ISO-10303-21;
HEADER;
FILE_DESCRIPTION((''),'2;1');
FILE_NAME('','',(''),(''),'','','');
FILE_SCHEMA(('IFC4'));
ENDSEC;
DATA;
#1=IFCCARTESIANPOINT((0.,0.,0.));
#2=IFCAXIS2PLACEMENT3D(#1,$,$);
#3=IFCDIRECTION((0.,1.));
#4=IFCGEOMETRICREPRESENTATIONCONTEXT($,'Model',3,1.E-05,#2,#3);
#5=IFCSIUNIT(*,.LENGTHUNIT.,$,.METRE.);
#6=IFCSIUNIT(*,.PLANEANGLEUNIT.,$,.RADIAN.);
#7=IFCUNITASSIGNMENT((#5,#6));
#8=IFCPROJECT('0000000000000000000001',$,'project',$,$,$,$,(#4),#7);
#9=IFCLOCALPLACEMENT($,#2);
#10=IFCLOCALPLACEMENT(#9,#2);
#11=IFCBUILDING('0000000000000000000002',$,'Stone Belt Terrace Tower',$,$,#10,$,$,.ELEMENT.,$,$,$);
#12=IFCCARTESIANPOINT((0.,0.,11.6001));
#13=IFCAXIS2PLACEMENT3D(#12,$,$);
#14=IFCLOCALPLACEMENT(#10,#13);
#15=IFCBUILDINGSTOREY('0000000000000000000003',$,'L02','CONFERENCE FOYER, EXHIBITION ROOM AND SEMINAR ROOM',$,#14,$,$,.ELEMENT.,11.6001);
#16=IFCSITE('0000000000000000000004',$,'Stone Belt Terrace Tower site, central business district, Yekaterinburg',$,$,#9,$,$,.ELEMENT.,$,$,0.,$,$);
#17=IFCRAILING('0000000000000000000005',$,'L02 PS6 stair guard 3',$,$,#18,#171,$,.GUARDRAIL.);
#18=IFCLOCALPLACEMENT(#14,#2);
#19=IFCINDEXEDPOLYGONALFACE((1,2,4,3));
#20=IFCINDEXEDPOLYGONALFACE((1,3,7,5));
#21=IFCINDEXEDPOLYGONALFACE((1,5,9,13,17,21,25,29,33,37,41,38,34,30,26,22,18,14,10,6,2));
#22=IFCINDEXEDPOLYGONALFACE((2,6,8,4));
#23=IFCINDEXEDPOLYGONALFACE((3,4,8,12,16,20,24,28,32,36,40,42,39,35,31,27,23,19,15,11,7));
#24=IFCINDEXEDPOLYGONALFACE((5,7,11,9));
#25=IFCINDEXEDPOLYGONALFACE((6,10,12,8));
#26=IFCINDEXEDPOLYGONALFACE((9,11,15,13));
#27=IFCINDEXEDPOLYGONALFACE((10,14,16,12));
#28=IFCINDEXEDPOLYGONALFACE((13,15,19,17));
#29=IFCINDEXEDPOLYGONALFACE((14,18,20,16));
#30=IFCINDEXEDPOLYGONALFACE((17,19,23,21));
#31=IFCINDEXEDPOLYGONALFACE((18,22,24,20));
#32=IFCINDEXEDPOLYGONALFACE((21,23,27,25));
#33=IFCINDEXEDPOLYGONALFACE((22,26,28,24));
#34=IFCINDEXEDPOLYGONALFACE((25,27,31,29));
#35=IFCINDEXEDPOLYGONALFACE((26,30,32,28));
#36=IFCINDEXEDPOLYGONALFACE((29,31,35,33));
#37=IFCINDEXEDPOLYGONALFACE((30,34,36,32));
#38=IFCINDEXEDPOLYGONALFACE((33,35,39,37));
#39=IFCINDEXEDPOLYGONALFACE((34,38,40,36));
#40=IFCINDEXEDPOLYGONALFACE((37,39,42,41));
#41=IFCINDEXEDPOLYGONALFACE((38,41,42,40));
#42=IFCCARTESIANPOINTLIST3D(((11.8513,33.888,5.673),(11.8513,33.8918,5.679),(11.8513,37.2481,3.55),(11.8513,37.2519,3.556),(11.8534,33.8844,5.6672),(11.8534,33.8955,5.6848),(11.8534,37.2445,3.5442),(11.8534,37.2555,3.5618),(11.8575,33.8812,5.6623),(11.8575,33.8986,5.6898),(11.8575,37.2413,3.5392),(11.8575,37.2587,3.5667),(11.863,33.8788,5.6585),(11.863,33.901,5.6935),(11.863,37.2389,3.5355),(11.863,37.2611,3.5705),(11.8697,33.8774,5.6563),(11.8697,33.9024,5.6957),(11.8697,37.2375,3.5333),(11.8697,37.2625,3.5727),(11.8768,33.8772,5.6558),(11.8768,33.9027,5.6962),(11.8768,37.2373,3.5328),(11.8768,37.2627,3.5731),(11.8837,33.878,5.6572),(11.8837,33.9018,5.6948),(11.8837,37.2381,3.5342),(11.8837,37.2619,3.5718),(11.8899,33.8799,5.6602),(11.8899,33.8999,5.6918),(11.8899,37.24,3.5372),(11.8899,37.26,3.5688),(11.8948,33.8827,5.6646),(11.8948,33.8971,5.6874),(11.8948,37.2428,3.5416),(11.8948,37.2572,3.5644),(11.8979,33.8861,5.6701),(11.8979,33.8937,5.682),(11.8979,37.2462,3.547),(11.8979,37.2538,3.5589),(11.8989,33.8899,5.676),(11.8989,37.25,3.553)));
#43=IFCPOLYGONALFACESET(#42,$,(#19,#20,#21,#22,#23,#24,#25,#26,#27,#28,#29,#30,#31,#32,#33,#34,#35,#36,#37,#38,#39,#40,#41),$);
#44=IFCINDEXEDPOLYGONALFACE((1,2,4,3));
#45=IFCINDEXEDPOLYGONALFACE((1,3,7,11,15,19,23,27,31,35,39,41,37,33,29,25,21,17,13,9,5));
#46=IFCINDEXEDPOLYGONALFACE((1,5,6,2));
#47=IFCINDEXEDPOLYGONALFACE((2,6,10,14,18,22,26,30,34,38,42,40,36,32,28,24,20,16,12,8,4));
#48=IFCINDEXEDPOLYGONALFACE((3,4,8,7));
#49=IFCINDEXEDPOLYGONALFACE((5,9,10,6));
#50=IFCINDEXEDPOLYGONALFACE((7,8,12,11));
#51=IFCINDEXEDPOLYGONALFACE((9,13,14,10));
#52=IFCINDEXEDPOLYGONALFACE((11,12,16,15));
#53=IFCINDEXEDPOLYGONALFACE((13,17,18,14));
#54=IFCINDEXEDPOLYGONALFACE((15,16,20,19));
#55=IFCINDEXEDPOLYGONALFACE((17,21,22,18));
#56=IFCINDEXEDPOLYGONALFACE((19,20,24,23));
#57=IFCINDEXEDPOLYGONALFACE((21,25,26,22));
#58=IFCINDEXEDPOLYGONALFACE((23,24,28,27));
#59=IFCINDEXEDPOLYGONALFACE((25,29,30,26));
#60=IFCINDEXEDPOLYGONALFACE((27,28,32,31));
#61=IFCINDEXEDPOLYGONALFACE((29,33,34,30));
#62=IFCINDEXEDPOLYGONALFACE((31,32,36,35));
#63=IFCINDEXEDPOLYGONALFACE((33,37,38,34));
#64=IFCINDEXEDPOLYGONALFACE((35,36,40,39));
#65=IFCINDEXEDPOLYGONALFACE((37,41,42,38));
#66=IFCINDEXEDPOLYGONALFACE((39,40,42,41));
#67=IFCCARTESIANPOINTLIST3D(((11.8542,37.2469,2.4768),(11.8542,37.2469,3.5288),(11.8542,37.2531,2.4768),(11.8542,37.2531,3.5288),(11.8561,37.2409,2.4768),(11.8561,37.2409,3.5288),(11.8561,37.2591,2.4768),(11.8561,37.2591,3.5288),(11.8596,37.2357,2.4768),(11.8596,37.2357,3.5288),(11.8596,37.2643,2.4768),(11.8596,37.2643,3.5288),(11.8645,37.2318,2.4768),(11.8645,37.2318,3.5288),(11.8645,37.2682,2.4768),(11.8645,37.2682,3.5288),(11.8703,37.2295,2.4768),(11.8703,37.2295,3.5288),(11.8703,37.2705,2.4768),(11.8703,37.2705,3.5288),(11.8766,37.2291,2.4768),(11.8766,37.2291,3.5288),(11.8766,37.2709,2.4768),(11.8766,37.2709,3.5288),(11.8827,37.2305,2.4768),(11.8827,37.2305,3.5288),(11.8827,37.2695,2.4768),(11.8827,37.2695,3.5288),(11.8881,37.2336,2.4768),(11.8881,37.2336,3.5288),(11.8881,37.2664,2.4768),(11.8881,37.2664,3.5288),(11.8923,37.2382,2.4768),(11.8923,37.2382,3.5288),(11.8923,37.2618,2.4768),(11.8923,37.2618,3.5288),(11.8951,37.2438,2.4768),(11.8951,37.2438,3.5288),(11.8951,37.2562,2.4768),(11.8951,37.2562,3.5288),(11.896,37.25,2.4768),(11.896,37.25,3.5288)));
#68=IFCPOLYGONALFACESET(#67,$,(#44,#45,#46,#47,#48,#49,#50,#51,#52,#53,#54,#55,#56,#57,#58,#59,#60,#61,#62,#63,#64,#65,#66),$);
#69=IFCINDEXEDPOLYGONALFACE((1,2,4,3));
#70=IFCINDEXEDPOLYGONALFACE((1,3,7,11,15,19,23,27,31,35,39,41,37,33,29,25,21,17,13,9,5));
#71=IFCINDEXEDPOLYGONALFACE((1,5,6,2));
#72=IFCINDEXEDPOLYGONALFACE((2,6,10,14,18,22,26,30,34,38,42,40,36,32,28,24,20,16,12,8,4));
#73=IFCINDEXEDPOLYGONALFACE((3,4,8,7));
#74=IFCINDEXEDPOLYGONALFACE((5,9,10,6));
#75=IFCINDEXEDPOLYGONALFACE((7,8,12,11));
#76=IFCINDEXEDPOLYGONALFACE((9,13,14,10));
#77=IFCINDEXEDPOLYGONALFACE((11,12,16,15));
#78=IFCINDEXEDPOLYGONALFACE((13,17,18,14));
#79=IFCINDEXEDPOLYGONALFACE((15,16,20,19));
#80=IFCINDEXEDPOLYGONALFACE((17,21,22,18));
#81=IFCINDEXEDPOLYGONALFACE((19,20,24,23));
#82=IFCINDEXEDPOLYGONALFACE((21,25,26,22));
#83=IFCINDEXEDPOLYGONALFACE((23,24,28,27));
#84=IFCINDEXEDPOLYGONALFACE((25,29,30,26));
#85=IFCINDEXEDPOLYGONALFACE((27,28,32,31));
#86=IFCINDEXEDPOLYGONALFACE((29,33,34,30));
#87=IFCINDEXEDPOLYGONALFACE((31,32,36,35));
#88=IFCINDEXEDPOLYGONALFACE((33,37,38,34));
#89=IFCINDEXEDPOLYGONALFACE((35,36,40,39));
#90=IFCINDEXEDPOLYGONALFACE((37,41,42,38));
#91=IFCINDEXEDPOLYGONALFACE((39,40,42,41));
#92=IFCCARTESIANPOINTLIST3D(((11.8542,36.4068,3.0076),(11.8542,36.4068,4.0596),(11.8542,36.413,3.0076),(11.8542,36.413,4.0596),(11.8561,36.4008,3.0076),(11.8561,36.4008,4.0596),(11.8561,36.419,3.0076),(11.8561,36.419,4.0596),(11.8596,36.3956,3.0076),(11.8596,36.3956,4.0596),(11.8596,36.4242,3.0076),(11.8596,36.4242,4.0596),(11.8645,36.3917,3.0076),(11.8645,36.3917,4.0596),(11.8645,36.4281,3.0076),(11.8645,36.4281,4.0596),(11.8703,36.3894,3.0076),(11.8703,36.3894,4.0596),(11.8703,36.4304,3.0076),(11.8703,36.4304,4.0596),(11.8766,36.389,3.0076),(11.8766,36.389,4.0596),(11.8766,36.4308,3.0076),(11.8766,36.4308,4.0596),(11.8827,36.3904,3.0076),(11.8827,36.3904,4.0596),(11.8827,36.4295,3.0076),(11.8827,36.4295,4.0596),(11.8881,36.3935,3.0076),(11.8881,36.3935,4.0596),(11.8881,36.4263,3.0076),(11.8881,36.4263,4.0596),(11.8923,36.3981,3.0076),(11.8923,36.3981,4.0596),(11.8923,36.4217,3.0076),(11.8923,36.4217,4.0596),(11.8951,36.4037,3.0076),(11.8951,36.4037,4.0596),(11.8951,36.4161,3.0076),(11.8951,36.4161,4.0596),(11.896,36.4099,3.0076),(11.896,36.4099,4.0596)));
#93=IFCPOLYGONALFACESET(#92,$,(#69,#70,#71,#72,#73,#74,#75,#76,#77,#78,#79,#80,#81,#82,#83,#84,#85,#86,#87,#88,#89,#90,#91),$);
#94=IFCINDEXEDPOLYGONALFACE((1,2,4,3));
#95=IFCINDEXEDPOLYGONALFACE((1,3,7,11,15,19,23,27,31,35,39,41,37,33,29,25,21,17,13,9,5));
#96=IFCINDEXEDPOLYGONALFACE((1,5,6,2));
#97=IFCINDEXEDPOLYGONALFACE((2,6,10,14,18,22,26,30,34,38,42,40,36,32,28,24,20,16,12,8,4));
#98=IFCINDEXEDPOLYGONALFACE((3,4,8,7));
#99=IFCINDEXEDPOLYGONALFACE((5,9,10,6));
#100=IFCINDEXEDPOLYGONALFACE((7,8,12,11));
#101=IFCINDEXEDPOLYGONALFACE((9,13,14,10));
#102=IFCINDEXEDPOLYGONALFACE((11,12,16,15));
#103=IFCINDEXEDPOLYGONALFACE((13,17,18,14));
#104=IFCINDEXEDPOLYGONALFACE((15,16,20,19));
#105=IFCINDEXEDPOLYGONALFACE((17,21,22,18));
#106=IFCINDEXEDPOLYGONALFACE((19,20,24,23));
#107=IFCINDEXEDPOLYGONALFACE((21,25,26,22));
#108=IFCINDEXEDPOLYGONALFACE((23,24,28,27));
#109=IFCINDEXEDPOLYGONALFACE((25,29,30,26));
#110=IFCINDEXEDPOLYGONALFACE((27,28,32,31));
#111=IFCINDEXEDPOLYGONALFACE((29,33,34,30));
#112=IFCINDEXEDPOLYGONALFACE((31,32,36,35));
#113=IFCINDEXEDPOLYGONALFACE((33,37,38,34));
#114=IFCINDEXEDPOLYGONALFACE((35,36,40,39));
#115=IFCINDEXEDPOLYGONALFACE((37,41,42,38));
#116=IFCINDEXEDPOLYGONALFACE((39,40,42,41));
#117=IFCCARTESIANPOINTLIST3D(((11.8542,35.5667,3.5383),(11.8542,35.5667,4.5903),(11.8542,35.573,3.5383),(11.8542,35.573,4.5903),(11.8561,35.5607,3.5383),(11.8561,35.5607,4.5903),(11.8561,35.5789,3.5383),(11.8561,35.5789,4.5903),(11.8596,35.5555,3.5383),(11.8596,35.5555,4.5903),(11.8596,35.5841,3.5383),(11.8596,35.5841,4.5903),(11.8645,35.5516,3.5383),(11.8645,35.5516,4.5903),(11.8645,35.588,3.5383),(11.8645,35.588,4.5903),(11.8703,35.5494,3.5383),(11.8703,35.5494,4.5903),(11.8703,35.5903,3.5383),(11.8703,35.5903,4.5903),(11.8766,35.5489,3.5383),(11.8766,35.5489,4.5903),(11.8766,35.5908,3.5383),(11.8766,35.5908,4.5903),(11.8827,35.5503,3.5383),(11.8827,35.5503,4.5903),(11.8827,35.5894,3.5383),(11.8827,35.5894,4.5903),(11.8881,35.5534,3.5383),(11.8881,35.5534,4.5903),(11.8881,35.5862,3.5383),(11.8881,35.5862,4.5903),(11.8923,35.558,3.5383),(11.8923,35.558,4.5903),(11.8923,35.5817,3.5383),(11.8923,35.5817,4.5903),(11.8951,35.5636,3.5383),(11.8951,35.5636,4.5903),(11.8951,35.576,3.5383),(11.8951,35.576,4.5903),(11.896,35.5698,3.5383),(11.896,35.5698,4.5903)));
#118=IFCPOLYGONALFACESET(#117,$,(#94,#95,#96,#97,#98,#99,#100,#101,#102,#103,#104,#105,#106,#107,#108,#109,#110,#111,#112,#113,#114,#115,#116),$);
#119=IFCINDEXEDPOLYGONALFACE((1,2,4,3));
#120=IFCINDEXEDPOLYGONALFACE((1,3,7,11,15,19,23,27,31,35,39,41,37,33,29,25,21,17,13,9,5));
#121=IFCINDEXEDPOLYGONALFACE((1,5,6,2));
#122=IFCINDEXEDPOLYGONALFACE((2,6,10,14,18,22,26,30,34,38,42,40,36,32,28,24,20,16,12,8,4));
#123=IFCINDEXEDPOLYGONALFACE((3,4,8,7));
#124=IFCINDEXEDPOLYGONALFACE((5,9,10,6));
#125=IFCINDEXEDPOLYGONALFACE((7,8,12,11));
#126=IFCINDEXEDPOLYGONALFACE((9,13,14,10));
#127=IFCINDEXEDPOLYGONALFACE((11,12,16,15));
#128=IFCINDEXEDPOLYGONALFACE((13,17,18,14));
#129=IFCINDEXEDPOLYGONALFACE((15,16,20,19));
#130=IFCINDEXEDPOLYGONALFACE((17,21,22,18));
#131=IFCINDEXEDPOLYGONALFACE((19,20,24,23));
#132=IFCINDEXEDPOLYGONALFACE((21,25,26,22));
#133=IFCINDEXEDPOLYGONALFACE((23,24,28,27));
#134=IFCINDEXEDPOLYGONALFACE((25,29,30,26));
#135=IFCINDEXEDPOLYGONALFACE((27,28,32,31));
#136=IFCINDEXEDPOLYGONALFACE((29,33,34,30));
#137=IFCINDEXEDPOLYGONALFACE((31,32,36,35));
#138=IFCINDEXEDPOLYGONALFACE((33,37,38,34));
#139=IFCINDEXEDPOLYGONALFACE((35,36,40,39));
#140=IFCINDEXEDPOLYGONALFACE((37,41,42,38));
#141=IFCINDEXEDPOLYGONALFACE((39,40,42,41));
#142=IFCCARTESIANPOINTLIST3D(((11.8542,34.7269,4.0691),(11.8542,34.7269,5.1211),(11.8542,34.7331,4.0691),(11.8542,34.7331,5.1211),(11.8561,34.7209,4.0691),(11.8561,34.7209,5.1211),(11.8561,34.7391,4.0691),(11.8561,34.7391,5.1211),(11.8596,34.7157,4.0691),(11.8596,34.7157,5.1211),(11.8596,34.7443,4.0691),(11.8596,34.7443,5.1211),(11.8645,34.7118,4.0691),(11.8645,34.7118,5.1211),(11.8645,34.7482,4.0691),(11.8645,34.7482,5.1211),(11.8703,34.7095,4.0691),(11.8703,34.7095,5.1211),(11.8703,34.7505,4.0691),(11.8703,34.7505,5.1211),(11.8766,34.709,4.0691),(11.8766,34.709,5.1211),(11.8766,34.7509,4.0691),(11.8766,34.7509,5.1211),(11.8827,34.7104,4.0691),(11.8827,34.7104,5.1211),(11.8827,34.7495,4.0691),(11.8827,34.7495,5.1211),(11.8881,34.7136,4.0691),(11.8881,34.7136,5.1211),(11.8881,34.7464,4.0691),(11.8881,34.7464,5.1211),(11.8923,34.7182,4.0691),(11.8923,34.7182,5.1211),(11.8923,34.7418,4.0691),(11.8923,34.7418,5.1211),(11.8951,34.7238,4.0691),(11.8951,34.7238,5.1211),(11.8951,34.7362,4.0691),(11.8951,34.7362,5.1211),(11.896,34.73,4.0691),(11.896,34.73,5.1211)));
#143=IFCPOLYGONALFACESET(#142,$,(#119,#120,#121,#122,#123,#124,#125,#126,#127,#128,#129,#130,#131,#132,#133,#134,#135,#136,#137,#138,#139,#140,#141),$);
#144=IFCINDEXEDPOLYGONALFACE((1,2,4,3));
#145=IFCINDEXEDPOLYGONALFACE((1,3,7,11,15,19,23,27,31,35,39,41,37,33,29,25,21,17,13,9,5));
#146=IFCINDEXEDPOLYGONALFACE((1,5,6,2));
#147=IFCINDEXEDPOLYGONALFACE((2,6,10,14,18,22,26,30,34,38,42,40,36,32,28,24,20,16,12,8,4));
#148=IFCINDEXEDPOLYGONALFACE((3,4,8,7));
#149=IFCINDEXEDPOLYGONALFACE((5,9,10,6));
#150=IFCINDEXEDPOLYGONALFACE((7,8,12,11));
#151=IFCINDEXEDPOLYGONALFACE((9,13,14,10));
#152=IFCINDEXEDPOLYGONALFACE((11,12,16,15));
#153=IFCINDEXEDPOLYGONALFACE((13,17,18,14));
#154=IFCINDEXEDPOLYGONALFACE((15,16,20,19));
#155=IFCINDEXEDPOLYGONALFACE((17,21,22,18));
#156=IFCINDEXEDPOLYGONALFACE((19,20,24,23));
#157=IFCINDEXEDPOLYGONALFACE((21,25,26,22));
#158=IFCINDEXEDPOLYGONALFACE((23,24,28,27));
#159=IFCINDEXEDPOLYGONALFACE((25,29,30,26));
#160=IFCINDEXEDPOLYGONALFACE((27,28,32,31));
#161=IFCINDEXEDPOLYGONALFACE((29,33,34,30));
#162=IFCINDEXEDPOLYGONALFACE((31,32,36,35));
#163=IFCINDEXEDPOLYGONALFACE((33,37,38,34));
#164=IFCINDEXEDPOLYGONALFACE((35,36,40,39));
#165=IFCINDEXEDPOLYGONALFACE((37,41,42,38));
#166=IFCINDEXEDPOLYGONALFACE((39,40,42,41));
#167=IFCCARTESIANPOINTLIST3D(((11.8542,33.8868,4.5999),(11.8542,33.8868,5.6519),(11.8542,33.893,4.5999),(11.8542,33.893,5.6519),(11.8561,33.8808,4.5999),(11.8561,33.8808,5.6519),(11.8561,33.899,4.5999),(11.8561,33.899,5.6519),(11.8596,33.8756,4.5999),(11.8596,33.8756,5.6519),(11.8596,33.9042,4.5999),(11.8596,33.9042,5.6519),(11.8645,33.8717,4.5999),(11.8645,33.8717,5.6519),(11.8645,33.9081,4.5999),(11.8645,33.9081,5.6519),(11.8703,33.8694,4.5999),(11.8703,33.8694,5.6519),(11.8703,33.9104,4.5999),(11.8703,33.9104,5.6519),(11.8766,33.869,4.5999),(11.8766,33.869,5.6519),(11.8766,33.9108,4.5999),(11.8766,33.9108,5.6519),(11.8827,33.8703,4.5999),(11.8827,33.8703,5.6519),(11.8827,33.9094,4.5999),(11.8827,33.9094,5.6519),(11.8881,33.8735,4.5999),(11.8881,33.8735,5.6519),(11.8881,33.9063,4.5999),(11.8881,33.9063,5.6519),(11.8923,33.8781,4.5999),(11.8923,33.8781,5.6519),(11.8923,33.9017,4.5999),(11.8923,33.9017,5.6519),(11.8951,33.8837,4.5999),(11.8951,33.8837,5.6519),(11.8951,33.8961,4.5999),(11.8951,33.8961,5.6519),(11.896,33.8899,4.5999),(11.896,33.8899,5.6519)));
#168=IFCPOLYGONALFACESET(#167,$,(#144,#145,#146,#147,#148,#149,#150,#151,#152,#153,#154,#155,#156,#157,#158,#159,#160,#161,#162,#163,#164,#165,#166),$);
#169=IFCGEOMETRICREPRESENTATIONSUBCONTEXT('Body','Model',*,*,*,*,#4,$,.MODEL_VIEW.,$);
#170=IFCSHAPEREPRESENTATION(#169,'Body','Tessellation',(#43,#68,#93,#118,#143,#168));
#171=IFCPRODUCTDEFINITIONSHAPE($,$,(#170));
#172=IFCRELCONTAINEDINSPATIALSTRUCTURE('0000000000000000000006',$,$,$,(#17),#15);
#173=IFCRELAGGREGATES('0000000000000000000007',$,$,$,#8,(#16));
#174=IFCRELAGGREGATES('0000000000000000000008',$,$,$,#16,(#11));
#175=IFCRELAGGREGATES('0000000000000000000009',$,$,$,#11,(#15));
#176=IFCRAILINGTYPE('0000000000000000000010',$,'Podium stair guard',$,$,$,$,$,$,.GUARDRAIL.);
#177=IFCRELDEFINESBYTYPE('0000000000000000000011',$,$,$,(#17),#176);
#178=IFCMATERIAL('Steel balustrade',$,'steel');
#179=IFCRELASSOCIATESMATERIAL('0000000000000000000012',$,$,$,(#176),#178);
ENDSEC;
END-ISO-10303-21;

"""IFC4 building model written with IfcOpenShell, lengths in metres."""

from ifc_helpers import new_model, si_unit, direction, frame, origin, origin_2d, place, context, subcontext, project, spatial, circle, extrude, material, type_object, element, save


model = new_model("IFC4")

# Units and contexts
model_context = context("Model", 3, precision=1e-05, world=origin(), true_north=direction((0.0, 1.0)))
body_context = subcontext(model_context, "Body", "Model", "MODEL_VIEW")
ifc_project = project(units=[si_unit("LENGTHUNIT", "METRE"), si_unit("PLANEANGLEUNIT", "RADIAN")], contexts=[model_context])

# Site, building, storey
site_placement = place(None, origin())
site = spatial("IfcSite", under=ifc_project, at=site_placement, Name="Stone Belt Terrace Tower site, central business district, Yekaterinburg", CompositionType="ELEMENT", RefElevation=0.0)
building_placement = place(site_placement, origin())
building = spatial("IfcBuilding", under=site, at=building_placement, Name="Stone Belt Terrace Tower", CompositionType="ELEMENT")
storey_placement = place(building_placement, frame((0.0, 0.0, 11.6001)))
storey = spatial("IfcBuildingStorey", under=building, at=storey_placement, Name="L02", Description="CONFERENCE FOYER, EXHIBITION ROOM AND SEMINAR ROOM", CompositionType="ELEMENT", Elevation=11.6001)

# Railing
ifc_material_1 = material(Name="Steel balustrade", Category="steel")
railing_type_1 = type_object("IfcRailingType", Name="Podium stair guard", PredefinedType="GUARDRAIL", material=ifc_material_1)
railing_1_placement = place(storey_placement, frame((11.875, 37.25, 2.4768)))
element("IfcRailing", 1, at=railing_1_placement, inside=storey, type_object=railing_type_1, Name="L02 PS6 stair guard 3", PredefinedType="GUARDRAIL", context=body_context, shape_type="SweptSolid", body=[
    extrude(circle(Radius=0.0239, at=origin_2d()), frame((0.0, 0.0, 1.0762), z_axis=(0.0, -0.84539, 0.53415), x_axis=(1.0, 0.0, 0.0)), (0.0, 0.0, 1.0), 3.9746),
    extrude(circle(Radius=0.021, at=origin_2d()), origin(), (0.0, 0.0, 1.0), 1.052),
    extrude(circle(Radius=0.021, at=origin_2d()), frame((0.0, -0.8401, 0.5308)), (0.0, 0.0, 1.0), 1.052),
    extrude(circle(Radius=0.021, at=origin_2d()), frame((0.0, -1.6802, 1.0615)), (0.0, 0.0, 1.0), 1.052),
    extrude(circle(Radius=0.021, at=origin_2d()), frame((0.0, -2.52, 1.5923)), (0.0, 0.0, 1.0), 1.052),
    extrude(circle(Radius=0.021, at=origin_2d()), frame((0.0, -3.3601, 2.123)), (0.0, 0.0, 1.0), 1.052),
])

save(model, "model.ifc")
